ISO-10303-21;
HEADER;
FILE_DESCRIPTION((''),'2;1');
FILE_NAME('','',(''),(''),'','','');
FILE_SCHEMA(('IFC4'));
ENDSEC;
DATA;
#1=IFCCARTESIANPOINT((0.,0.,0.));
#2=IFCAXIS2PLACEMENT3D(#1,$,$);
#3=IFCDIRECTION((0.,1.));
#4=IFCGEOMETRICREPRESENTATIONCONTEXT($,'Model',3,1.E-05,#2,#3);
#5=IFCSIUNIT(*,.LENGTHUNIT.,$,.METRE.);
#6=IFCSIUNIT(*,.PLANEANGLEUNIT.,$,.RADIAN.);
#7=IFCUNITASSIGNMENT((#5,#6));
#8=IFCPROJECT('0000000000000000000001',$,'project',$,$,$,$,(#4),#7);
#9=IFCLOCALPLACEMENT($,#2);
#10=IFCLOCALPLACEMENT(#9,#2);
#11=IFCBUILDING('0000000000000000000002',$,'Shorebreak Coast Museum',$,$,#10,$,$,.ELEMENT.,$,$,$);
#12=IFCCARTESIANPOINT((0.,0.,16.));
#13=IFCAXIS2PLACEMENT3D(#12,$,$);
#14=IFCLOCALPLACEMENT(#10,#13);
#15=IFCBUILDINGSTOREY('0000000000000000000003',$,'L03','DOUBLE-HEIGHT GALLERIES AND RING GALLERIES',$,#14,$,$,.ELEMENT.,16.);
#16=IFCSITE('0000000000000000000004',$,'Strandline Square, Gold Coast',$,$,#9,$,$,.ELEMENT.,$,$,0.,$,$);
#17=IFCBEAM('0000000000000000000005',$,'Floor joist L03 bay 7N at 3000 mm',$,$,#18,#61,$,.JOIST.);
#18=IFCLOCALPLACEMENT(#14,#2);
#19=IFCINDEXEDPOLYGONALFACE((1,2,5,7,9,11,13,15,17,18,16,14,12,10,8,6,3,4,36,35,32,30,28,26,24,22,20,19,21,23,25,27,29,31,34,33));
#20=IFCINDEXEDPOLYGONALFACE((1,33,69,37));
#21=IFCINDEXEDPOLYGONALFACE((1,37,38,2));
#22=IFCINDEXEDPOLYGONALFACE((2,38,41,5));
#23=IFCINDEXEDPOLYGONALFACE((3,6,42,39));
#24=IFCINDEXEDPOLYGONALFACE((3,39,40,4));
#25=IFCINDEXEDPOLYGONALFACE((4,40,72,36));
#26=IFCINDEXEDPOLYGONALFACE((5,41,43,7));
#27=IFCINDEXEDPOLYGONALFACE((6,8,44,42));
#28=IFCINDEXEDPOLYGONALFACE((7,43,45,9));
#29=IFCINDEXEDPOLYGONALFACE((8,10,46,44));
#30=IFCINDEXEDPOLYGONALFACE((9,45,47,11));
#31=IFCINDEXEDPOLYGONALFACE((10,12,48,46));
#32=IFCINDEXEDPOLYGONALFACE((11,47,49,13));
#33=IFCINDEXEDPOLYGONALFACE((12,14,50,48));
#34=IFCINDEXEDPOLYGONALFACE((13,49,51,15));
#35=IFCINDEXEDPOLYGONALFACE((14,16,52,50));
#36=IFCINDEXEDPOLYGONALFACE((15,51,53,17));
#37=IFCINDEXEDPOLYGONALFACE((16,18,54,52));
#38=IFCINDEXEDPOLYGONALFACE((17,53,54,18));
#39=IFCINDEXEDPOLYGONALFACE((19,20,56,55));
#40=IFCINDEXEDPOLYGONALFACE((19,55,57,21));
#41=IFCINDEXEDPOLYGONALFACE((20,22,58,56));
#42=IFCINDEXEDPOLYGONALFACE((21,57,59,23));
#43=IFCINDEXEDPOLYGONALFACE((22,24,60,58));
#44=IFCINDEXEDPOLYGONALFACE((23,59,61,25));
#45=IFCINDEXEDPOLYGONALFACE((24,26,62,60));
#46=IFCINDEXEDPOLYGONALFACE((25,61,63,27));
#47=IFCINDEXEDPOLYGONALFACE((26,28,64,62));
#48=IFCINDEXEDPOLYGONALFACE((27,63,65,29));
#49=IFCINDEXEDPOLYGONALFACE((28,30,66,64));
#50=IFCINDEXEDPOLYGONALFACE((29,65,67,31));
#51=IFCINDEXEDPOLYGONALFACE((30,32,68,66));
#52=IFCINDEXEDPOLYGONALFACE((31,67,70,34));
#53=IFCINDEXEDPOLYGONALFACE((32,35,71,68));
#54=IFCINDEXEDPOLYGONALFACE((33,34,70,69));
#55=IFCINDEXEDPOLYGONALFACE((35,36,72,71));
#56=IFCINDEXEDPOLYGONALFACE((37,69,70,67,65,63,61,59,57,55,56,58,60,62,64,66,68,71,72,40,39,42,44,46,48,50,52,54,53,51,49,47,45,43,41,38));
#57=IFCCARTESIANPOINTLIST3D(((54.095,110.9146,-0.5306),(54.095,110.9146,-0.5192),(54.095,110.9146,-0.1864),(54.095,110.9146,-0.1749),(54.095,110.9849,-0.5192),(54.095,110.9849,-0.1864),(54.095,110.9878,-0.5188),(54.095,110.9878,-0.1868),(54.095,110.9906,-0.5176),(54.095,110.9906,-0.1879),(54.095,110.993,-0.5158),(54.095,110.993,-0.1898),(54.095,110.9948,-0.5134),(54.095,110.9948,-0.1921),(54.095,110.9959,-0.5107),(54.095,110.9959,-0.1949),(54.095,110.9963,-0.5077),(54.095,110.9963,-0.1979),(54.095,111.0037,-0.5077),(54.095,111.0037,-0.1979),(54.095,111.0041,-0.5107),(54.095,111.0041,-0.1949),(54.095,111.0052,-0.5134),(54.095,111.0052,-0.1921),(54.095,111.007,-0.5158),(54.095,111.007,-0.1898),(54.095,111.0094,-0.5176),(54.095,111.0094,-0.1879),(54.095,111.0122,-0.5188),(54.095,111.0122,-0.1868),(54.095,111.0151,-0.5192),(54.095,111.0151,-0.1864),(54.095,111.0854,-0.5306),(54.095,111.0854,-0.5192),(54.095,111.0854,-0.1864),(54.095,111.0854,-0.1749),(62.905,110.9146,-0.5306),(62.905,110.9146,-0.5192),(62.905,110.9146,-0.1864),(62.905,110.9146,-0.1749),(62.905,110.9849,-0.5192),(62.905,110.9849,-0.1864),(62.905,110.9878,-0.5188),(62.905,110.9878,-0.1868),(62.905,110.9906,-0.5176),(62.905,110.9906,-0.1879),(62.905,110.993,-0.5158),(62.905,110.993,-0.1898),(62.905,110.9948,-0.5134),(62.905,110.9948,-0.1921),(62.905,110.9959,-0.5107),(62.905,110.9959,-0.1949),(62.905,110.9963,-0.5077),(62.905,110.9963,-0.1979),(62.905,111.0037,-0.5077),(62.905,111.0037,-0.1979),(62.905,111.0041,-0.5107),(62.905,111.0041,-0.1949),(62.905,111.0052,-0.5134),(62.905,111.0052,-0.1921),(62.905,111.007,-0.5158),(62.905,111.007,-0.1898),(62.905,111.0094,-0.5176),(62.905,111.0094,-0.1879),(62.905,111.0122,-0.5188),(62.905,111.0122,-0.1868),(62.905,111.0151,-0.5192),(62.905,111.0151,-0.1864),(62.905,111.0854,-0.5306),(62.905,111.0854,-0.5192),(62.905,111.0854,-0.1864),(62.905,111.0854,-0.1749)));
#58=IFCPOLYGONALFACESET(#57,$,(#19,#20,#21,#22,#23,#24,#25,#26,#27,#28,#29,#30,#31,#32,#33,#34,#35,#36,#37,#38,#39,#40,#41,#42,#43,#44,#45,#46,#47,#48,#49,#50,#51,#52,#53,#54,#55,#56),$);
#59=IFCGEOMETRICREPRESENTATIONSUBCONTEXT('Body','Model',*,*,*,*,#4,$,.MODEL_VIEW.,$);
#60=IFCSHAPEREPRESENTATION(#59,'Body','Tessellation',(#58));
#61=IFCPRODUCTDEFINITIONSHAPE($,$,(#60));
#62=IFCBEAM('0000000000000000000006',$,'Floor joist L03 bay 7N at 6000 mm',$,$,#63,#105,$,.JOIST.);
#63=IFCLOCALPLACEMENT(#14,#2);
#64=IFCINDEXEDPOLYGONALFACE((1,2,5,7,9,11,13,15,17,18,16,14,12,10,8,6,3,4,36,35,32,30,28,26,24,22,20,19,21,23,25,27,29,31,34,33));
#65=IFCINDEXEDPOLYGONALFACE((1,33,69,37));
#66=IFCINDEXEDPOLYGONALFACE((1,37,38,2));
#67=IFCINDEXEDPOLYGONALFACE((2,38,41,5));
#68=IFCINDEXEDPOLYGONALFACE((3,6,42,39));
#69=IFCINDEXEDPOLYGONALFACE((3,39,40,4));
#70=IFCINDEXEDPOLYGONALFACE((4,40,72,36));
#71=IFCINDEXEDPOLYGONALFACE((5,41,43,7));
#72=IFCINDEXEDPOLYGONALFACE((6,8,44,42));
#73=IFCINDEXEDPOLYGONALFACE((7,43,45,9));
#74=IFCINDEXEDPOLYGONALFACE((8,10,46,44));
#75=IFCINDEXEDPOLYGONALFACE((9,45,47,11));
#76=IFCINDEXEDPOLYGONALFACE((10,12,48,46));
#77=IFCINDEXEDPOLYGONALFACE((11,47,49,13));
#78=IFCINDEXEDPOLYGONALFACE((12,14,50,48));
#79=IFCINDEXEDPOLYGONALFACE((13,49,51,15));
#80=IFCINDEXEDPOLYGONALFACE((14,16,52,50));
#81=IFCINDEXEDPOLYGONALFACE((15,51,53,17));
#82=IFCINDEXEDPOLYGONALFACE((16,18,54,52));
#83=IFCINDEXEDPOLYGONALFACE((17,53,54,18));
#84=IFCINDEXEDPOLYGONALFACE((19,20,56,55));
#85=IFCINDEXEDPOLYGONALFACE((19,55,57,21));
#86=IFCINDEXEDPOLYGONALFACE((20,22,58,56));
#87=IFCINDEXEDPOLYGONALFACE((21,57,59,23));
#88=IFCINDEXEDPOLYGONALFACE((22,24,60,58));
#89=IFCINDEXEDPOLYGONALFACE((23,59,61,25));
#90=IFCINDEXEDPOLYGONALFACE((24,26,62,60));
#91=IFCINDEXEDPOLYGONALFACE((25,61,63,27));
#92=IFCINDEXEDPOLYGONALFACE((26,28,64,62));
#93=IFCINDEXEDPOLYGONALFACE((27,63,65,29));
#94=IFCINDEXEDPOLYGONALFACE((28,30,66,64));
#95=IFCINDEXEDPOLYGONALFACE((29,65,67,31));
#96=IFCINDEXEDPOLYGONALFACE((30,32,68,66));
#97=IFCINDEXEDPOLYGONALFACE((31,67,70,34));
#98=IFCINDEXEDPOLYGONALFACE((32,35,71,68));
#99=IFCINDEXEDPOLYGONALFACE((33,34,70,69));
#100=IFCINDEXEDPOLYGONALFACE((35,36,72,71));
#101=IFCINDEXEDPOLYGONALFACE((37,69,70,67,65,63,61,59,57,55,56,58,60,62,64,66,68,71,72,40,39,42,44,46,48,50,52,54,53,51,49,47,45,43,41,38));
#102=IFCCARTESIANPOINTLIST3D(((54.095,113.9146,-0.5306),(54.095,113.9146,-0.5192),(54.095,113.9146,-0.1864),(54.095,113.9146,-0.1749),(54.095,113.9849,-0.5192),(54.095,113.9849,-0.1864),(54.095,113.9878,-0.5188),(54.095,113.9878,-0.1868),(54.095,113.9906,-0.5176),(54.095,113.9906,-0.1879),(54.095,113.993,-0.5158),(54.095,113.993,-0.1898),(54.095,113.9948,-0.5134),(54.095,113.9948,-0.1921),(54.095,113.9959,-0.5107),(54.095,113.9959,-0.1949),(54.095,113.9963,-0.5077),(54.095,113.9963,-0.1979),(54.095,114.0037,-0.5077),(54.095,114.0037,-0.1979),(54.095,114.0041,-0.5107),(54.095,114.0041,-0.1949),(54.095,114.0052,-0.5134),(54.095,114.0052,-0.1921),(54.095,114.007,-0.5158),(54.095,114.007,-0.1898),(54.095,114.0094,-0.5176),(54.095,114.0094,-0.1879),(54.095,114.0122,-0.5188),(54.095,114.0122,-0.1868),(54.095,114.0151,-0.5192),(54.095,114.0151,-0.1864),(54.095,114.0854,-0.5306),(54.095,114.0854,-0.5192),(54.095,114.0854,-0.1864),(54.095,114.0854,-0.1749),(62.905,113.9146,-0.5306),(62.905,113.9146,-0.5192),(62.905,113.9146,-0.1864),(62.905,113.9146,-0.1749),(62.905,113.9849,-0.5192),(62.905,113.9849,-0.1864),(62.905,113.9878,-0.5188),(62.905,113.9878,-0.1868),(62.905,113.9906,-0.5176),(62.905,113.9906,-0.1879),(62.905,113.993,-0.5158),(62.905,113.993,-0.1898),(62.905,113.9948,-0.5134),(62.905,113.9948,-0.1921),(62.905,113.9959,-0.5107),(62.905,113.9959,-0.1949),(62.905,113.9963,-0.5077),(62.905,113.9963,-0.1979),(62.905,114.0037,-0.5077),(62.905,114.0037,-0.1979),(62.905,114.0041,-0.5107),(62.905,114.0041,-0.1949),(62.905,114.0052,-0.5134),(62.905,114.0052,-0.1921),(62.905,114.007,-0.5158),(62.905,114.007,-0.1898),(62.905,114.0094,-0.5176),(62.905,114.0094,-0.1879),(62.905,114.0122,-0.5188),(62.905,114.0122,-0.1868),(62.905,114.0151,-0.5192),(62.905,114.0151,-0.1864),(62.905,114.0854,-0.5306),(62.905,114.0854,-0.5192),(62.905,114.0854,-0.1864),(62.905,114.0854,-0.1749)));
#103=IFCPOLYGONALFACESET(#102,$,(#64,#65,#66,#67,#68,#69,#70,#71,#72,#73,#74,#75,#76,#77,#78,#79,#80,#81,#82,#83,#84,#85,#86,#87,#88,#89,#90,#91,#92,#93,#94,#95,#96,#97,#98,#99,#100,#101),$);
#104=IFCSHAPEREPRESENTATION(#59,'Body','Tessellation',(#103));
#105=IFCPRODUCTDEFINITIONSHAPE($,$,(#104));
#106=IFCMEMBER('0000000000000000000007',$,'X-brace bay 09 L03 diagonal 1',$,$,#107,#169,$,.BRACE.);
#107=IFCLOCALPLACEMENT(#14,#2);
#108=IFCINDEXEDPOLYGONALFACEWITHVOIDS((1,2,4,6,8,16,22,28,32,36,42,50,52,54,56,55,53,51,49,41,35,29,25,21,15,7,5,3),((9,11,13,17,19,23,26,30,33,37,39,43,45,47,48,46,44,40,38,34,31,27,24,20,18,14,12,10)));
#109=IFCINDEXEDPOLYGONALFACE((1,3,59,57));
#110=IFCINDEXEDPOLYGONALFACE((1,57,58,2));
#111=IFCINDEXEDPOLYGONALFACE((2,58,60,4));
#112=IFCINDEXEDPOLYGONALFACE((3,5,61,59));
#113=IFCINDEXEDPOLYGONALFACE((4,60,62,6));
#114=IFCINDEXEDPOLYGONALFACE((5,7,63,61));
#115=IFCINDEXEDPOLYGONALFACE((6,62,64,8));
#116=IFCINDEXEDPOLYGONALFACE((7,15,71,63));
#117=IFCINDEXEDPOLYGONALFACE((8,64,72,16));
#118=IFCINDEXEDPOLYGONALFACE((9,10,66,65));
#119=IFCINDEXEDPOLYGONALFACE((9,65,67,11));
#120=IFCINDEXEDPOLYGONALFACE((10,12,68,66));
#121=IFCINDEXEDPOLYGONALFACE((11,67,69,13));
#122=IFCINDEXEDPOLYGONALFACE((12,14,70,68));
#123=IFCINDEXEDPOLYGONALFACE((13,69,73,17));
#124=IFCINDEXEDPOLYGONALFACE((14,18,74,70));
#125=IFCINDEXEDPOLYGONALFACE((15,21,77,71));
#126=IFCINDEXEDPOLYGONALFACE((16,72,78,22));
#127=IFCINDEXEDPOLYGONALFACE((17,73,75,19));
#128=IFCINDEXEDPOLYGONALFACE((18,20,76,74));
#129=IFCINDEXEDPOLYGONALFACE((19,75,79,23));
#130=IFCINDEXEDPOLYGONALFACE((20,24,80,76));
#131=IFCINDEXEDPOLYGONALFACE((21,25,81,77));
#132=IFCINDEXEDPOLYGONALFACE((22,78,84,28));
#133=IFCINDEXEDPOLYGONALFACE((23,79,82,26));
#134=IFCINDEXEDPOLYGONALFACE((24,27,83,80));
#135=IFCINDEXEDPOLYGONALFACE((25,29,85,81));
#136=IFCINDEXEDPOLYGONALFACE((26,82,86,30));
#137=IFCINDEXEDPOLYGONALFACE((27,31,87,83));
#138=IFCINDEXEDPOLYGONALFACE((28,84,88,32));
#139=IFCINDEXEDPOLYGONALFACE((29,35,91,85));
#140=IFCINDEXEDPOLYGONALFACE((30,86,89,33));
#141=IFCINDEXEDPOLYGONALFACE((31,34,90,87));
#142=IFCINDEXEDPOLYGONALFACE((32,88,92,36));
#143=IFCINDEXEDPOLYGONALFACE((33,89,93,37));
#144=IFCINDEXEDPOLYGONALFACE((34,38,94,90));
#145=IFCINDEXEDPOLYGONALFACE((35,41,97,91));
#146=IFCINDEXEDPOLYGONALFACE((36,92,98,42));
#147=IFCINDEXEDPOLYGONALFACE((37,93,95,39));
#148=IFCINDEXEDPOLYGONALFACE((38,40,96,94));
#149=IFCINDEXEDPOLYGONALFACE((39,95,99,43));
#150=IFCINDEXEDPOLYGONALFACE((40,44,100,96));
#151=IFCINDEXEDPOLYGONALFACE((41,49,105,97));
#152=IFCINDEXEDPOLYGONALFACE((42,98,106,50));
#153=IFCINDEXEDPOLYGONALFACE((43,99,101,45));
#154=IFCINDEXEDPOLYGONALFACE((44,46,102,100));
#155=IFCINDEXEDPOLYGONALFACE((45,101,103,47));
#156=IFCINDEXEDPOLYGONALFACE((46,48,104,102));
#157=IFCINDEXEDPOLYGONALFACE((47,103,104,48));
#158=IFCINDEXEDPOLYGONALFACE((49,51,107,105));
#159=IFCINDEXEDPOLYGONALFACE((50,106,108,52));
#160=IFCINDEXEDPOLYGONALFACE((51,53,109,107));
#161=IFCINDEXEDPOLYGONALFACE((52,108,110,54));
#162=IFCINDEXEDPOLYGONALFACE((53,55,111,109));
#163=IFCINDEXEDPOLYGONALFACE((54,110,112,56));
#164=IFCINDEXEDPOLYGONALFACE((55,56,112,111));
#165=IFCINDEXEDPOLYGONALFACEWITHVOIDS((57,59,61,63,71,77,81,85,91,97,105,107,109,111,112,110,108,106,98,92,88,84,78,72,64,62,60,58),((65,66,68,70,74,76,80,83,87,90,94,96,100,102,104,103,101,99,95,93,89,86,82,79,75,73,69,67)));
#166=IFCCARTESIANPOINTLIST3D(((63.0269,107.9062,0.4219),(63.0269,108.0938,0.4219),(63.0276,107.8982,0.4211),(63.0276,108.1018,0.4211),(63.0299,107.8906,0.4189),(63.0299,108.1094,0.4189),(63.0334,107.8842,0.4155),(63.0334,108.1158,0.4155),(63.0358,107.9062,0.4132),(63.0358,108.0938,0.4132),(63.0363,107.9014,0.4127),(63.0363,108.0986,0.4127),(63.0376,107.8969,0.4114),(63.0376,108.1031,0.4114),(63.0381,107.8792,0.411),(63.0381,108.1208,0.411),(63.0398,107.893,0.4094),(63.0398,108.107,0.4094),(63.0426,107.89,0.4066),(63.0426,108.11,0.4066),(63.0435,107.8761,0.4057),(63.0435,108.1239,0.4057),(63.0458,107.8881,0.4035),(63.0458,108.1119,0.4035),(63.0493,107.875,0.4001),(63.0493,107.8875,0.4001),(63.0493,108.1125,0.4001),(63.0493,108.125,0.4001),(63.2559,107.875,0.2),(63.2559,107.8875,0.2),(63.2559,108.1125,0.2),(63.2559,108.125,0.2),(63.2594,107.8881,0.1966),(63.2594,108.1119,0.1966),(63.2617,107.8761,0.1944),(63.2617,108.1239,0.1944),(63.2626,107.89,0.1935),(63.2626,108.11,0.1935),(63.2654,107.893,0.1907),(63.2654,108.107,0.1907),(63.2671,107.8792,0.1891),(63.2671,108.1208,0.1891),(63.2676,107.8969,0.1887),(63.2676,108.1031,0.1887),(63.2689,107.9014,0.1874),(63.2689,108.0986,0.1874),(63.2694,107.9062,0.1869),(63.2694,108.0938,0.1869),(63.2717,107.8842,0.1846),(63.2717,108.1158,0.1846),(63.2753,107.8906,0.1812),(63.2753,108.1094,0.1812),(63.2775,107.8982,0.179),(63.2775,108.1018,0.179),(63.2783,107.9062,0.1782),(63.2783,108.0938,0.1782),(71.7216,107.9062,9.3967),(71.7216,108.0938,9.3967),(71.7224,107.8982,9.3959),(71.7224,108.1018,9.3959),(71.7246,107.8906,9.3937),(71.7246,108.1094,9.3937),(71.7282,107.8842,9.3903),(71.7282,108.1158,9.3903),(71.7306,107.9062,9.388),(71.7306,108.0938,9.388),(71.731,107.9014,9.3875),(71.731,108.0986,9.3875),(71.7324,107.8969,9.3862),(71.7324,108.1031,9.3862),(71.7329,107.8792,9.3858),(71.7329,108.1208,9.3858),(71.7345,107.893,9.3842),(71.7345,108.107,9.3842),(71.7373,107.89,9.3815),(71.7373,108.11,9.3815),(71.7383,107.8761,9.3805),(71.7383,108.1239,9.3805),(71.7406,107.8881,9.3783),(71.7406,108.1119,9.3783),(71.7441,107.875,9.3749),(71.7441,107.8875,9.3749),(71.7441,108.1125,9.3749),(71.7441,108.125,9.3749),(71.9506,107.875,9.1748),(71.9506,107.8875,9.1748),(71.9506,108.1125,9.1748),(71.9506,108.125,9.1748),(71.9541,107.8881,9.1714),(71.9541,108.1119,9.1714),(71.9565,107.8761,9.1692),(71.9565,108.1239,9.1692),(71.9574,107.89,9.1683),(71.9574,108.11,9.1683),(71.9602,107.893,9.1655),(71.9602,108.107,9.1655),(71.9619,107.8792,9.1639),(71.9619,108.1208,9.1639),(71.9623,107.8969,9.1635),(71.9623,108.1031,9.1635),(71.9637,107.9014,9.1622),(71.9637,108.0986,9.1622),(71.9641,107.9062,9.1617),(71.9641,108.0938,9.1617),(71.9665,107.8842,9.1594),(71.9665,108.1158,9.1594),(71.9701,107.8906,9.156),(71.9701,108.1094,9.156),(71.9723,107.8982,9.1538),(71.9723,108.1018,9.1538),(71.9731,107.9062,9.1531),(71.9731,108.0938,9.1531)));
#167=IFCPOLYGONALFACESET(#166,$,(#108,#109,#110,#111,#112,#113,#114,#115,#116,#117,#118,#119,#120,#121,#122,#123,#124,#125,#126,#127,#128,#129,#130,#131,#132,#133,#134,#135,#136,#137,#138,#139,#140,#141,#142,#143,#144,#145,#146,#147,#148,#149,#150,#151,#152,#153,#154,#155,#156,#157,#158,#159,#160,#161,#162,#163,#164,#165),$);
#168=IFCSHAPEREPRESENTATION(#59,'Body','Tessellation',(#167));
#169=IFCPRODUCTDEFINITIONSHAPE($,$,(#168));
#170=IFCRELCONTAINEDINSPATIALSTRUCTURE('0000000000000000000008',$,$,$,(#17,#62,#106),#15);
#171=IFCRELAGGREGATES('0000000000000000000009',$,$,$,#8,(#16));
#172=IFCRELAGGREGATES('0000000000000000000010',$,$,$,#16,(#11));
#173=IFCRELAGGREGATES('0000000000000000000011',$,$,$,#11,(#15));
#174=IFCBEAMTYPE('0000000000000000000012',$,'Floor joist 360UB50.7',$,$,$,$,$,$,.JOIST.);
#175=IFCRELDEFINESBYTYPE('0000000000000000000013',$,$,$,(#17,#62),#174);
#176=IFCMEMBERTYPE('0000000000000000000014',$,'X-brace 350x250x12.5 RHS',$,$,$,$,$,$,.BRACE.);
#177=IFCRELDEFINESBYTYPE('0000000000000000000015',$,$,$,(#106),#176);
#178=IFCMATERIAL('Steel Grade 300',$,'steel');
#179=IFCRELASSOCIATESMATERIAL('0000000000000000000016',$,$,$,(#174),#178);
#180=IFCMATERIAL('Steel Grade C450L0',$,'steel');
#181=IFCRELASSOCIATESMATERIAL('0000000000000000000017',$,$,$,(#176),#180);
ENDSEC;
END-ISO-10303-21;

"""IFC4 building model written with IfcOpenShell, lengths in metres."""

from ifc_helpers import new_model, si_unit, direction, frame, origin, origin_2d, place, context, subcontext, project, spatial, hollow_rectangle, i_section, extrude, material, material_profile, profile_set, type_object, element, save


model = new_model("IFC4")

# Units and contexts
model_context = context("Model", 3, precision=1e-05, world=origin(), true_north=direction((0.0, 1.0)))
body_context = subcontext(model_context, "Body", "Model", "MODEL_VIEW")
ifc_project = project(units=[si_unit("LENGTHUNIT", "METRE"), si_unit("PLANEANGLEUNIT", "RADIAN")], contexts=[model_context])

# Site, building, storey
site_placement = place(None, origin())
site = spatial("IfcSite", under=ifc_project, at=site_placement, Name="Strandline Square, Gold Coast", CompositionType="ELEMENT", RefElevation=0.0)
building_placement = place(site_placement, origin())
building = spatial("IfcBuilding", under=site, at=building_placement, Name="Shorebreak Coast Museum", CompositionType="ELEMENT")
storey_placement = place(building_placement, frame((0.0, 0.0, 16.0)))
storey = spatial("IfcBuildingStorey", under=building, at=storey_placement, Name="L03", Description="DOUBLE-HEIGHT GALLERIES AND RING GALLERIES", CompositionType="ELEMENT", Elevation=16.0)

# Beams
ifc_material_1 = material(Name="Steel Grade 300", Category="steel")
ifc_material_profile_1 = material_profile(ifc_material_1, i_section(OverallWidth=0.1709, OverallDepth=0.3557, WebThickness=0.0073, FlangeThickness=0.0115, FilletRadius=0.0115, at=origin_2d()), Name="360UB50.7")
ifc_profile_set_1 = profile_set([ifc_material_profile_1], Name="Steel Grade 300")
beam_type_1 = type_object("IfcBeamType", Name="Floor joist 360UB50.7", PredefinedType="JOIST", material=ifc_profile_set_1)
for number, where, z_axis, x_axis, name in (
    (1, (54.095, 111.0, -0.3528), (1.0, 0.0, 0.0), (0.0, 1.0, 0.0), "Floor joist L03 bay 7N at 3000 mm"),
    (2, (54.095, 114.0, -0.3528), (1.0, 0.0, 0.0), (0.0, 1.0, 0.0), "Floor joist L03 bay 7N at 6000 mm"),
):
    element("IfcBeam", number, at=place(storey_placement, frame(where, z_axis=z_axis, x_axis=x_axis)), inside=storey, type_object=beam_type_1, Name=name, PredefinedType="JOIST", context=body_context, shape_type="SweptSolid", body=[
        extrude(i_section(OverallWidth=0.1709, OverallDepth=0.3557, WebThickness=0.0073, FlangeThickness=0.0115, FilletRadius=0.0115, at=origin_2d()), origin(), (0.0, 0.0, 1.0), 8.8101),
    ])

# Member
ifc_material_2 = material(Name="Steel Grade C450L0", Category="steel")
ifc_material_profile_2 = material_profile(ifc_material_2, hollow_rectangle(XDim=0.25, YDim=0.3501, WallThickness=0.0125, InnerFilletRadius=0.0188, OuterFilletRadius=0.0312, at=origin_2d()), Name="350x250x12.5 RHS")
ifc_profile_set_2 = profile_set([ifc_material_profile_2], Name="Steel Grade C450L0")
member_type = type_object("IfcMemberType", Name="X-brace 350x250x12.5 RHS", PredefinedType="BRACE", material=ifc_profile_set_2)
member_placement = place(storey_placement, frame((63.1526, 108.0, 0.3), z_axis=(0.695813, 0.0, 0.718223), x_axis=(0.0, 1.0, 0.0)))
element("IfcMember", 3, at=member_placement, inside=storey, type_object=member_type, Name="X-brace bay 09 L03 diagonal 1", PredefinedType="BRACE", context=body_context, shape_type="SweptSolid", body=[
    extrude(hollow_rectangle(XDim=0.25, YDim=0.3501, WallThickness=0.0125, InnerFilletRadius=0.0188, OuterFilletRadius=0.0312, at=origin_2d()), origin(), (0.0, 0.0, 1.0), 12.4958),
])

save(model, "model.ifc")
